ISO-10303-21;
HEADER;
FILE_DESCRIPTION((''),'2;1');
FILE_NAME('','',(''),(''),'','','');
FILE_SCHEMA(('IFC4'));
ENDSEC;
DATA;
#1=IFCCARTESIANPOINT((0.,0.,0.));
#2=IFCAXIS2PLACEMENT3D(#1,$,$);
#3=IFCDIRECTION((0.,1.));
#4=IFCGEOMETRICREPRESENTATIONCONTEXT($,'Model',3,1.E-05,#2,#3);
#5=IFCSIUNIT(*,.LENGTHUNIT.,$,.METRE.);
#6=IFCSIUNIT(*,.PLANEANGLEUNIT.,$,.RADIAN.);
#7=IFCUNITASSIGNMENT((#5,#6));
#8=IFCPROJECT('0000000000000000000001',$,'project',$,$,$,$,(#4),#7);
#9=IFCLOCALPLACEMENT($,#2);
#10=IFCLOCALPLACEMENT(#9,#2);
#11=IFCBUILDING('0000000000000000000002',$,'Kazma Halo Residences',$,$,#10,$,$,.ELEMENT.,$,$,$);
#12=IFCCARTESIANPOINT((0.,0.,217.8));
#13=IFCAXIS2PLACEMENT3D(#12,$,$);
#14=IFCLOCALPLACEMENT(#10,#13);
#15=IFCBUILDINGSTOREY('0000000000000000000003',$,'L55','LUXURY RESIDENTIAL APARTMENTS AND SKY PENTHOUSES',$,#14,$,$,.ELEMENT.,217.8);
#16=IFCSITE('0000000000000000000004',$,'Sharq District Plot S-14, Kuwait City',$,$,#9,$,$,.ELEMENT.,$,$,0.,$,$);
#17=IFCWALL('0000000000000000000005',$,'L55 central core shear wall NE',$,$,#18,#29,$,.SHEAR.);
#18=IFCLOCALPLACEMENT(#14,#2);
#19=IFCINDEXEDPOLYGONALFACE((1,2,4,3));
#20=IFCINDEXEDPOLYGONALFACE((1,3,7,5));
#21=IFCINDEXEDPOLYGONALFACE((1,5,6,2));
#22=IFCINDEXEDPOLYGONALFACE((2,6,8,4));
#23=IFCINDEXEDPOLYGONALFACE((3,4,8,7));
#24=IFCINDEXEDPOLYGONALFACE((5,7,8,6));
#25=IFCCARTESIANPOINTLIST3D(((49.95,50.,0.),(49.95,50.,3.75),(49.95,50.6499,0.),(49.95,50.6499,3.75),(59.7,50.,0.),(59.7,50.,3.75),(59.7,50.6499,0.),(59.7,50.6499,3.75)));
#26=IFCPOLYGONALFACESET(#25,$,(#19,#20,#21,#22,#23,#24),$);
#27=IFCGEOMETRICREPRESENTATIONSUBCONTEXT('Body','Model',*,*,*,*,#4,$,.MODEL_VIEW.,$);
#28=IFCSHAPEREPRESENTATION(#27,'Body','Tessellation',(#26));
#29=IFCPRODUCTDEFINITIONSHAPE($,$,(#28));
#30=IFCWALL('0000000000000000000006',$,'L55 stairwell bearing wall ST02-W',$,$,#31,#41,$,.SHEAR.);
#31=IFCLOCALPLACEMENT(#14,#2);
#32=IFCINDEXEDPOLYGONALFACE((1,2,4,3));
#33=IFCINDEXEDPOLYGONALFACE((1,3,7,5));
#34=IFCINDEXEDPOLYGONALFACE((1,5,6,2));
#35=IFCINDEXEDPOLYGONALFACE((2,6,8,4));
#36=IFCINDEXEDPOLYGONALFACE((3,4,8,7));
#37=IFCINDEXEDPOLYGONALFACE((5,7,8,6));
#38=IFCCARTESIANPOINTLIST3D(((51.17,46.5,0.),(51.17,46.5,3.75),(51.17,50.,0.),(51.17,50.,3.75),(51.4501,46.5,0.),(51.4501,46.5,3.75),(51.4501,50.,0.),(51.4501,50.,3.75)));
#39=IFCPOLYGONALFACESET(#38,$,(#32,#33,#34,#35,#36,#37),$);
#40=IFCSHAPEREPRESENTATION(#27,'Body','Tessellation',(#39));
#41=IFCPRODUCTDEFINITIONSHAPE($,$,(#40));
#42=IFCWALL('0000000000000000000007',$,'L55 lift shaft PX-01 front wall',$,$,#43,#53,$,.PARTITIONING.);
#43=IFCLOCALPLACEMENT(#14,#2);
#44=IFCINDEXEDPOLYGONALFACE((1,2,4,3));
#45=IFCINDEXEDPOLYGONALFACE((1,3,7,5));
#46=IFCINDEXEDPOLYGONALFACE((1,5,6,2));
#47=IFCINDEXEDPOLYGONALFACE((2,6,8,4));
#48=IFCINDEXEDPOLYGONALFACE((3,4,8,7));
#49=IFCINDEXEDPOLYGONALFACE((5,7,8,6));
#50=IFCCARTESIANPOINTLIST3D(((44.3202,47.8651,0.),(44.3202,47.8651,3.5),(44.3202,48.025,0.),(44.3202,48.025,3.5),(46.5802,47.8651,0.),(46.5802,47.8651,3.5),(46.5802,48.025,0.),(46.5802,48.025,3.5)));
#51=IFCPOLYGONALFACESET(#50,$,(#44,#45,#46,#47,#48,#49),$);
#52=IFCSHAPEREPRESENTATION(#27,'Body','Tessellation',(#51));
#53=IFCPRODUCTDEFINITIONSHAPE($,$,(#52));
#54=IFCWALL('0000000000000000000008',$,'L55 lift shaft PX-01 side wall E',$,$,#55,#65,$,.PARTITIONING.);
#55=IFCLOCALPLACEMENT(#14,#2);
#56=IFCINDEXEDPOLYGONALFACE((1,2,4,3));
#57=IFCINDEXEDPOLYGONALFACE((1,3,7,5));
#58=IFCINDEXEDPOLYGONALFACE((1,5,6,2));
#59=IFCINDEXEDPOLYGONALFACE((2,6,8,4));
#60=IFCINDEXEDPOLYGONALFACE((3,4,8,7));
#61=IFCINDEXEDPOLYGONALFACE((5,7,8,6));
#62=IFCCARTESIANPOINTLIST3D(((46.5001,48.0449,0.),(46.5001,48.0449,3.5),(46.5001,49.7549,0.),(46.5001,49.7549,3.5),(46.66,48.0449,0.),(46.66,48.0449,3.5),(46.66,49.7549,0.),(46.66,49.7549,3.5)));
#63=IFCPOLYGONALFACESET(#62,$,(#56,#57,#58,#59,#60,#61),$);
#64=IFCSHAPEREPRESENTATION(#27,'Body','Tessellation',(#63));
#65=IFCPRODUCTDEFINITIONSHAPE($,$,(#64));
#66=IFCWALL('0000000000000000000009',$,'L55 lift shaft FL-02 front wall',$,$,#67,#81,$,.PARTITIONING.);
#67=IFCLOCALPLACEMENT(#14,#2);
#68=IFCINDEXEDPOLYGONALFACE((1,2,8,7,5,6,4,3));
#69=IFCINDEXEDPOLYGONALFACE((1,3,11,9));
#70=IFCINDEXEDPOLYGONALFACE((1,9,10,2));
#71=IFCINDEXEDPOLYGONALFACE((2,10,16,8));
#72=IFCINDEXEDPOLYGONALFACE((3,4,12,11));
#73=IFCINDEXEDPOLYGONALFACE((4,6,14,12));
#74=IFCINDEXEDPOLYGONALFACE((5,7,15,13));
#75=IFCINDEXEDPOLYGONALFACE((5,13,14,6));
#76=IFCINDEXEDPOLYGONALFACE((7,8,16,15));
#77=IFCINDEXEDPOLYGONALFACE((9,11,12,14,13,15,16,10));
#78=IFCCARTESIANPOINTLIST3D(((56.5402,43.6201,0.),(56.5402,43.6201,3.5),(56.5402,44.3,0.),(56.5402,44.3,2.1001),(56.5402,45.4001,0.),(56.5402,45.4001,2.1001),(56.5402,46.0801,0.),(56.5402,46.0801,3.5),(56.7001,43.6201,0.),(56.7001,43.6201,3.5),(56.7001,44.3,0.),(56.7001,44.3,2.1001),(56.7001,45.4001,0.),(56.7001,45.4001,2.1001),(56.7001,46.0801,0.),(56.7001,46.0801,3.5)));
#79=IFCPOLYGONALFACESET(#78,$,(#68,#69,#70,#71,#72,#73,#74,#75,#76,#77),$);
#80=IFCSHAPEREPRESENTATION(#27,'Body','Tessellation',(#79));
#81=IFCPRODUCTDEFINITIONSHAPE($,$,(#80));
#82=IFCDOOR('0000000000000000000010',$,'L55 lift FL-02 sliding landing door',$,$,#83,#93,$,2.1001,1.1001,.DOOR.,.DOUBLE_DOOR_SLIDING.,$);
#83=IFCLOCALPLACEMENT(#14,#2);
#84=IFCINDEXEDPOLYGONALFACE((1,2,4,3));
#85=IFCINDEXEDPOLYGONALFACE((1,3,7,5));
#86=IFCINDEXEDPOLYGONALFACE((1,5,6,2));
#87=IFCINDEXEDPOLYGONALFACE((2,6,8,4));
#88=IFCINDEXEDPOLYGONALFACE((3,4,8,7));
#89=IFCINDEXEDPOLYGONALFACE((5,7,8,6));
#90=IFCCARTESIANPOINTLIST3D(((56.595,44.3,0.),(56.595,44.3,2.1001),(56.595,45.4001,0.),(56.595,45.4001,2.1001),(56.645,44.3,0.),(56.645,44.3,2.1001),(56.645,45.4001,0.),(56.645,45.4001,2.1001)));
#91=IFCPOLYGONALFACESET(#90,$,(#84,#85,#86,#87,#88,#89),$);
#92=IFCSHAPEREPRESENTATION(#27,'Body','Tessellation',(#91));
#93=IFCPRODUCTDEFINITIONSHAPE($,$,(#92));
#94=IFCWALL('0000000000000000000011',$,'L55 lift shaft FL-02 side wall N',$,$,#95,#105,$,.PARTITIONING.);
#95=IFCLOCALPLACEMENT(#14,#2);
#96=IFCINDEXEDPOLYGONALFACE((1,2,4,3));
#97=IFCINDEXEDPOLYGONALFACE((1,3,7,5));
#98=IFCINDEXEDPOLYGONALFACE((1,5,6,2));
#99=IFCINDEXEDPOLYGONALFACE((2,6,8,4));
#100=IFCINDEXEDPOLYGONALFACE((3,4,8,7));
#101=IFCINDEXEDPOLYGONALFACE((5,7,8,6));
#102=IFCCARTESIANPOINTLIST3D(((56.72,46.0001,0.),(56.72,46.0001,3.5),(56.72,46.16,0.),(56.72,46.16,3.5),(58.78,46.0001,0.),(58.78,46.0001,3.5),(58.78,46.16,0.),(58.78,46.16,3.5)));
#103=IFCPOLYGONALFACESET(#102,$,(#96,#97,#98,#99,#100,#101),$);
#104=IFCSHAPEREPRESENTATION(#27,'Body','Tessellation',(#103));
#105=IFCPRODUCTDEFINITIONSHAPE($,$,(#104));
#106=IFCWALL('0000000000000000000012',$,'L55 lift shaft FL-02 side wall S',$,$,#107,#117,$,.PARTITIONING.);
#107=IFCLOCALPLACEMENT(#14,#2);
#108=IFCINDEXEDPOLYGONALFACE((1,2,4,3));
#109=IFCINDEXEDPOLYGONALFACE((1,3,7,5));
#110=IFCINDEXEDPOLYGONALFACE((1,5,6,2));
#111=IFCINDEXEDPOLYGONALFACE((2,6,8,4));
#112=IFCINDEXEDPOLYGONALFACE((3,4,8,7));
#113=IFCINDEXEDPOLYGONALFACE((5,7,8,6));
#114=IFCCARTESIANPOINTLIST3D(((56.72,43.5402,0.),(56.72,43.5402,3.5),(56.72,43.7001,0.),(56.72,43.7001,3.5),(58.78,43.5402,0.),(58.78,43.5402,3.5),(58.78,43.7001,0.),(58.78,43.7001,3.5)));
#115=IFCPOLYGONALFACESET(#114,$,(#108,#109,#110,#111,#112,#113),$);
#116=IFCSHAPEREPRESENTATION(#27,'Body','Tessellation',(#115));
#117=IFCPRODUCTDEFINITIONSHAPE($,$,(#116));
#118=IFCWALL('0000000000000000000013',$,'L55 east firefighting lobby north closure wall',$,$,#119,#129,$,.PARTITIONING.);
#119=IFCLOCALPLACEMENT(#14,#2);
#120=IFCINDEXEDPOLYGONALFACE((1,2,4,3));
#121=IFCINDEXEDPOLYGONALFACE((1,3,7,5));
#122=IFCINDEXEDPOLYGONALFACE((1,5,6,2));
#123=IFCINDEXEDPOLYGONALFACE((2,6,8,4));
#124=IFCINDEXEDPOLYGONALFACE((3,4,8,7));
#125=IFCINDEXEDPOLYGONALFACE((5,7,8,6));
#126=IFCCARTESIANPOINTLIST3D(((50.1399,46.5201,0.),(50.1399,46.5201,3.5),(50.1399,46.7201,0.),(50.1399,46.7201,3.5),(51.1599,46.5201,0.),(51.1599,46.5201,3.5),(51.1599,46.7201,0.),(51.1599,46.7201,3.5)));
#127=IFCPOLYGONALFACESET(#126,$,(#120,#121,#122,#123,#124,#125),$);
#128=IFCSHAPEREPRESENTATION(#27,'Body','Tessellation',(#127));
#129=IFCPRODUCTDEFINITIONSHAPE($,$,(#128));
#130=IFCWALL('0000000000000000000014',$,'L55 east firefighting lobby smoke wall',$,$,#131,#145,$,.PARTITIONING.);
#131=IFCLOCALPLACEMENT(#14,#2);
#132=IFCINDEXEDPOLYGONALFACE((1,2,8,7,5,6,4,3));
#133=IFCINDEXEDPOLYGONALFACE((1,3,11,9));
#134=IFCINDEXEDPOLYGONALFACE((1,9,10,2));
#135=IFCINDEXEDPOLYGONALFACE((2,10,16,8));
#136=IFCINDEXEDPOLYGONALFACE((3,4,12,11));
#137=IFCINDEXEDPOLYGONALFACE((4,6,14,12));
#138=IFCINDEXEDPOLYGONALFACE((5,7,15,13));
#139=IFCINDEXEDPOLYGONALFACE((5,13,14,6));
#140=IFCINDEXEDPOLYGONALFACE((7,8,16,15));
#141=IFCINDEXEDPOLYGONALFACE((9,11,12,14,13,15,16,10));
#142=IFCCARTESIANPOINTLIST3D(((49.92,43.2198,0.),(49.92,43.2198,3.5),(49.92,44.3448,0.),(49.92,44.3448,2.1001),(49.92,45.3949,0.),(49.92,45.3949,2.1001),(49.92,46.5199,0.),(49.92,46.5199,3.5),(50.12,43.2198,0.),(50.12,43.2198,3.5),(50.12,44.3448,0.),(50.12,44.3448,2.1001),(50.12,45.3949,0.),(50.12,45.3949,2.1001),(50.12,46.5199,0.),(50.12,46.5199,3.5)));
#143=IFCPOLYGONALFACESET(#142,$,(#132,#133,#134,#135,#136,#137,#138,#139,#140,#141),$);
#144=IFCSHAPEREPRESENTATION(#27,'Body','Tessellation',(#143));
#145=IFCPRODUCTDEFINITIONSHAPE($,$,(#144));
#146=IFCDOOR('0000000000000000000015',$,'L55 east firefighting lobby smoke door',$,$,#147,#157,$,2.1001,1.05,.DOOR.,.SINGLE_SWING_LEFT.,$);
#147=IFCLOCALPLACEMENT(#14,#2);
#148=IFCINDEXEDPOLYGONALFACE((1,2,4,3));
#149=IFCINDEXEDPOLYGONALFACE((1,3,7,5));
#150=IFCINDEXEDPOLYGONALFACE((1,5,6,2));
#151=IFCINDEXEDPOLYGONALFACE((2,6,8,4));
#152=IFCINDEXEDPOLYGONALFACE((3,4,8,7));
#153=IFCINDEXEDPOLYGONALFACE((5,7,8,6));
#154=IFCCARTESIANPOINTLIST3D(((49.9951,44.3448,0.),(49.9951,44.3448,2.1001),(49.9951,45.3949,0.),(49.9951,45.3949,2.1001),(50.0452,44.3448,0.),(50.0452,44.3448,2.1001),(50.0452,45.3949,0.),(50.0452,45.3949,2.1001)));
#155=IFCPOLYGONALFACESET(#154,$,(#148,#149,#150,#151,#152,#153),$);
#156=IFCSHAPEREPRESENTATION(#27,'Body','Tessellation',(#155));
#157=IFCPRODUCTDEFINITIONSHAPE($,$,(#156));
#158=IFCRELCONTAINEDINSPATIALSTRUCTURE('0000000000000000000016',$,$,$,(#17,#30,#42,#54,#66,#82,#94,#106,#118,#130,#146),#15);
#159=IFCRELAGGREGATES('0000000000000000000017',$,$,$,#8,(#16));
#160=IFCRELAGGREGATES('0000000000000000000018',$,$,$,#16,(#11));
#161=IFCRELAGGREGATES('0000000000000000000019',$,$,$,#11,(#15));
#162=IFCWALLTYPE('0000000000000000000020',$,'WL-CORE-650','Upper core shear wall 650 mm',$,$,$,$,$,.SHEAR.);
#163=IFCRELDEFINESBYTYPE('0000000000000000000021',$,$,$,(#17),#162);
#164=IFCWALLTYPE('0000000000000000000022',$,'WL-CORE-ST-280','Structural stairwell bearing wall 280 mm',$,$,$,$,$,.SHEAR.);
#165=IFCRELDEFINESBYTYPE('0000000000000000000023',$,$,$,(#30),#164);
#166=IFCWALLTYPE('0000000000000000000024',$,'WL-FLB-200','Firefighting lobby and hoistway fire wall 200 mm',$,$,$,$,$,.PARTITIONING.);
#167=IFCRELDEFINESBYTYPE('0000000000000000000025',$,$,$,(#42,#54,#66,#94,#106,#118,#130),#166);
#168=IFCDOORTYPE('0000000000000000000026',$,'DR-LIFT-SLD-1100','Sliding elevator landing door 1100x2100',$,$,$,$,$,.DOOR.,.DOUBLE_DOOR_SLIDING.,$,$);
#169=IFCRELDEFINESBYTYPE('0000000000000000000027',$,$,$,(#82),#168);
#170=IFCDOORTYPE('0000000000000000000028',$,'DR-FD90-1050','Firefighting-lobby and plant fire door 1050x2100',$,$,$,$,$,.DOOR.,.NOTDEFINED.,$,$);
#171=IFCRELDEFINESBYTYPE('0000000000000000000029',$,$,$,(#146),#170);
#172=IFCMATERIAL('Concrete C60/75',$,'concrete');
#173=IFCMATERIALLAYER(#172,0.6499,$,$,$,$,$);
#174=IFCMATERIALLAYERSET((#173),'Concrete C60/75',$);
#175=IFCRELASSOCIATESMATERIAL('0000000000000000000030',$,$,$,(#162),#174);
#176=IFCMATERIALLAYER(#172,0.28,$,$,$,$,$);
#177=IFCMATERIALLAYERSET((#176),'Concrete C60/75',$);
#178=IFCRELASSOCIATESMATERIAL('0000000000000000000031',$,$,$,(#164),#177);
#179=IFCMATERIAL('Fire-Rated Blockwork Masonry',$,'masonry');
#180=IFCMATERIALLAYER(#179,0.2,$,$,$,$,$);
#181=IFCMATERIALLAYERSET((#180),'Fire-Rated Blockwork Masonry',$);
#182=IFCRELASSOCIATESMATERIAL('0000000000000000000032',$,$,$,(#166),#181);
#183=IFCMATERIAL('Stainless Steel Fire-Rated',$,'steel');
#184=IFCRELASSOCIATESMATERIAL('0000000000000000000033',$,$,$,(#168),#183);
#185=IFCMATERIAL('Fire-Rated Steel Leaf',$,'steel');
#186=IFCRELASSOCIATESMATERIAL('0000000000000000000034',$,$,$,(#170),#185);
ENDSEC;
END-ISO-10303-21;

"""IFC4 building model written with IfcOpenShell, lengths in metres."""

from ifc_helpers import new_model, si_unit, direction, frame, frame_2d, origin, place, context, subcontext, project, spatial, rectangle, extrude, material, layer, layer_set, type_object, element, fill, save


model = new_model("IFC4")

# Units and contexts
model_context = context("Model", 3, precision=1e-05, world=origin(), true_north=direction((0.0, 1.0)))
body_context = subcontext(model_context, "Body", "Model", "MODEL_VIEW")
ifc_project = project(units=[si_unit("LENGTHUNIT", "METRE"), si_unit("PLANEANGLEUNIT", "RADIAN")], contexts=[model_context])

# Site, building, storey
site_placement = place(None, origin())
site = spatial("IfcSite", under=ifc_project, at=site_placement, Name="Sharq District Plot S-14, Kuwait City", CompositionType="ELEMENT", RefElevation=0.0)
building_placement = place(site_placement, origin())
building = spatial("IfcBuilding", under=site, at=building_placement, Name="Kazma Halo Residences", CompositionType="ELEMENT")
storey_placement = place(building_placement, frame((0.0, 0.0, 217.8)))
storey = spatial("IfcBuildingStorey", under=building, at=storey_placement, Name="L55", Description="LUXURY RESIDENTIAL APARTMENTS AND SKY PENTHOUSES", CompositionType="ELEMENT", Elevation=217.8)

# Walls
ifc_material_1 = material(Name="Concrete C60/75", Category="concrete")
ifc_layer_1 = layer(ifc_material_1, 0.6499)
ifc_layer_set_1 = layer_set([ifc_layer_1], Name="Concrete C60/75")
wall_type_1 = type_object("IfcWallType", Name="WL-CORE-650", Description="Upper core shear wall 650 mm", PredefinedType="SHEAR", material=ifc_layer_set_1)
wall_1_placement = place(storey_placement, frame((49.95, 50.325, 0.0), z_axis=(0.0, 0.0, 1.0), x_axis=(1.0, 0.0, 0.0)))
element("IfcWall", 1, at=wall_1_placement, inside=storey, type_object=wall_type_1, Name="L55 central core shear wall NE", PredefinedType="SHEAR", context=body_context, shape_type="SweptSolid", body=[
    extrude(rectangle(XDim=9.75, YDim=0.6499, at=frame_2d((4.875, 0.0))), origin(), (0.0, 0.0, 1.0), 3.75),
])
ifc_layer_2 = layer(ifc_material_1, 0.28)
ifc_layer_set_2 = layer_set([ifc_layer_2], Name="Concrete C60/75")
wall_type_2 = type_object("IfcWallType", Name="WL-CORE-ST-280", Description="Structural stairwell bearing wall 280 mm", PredefinedType="SHEAR", material=ifc_layer_set_2)
wall_2_placement = place(storey_placement, frame((51.3101, 46.5, 0.0), z_axis=(0.0, 0.0, 1.0), x_axis=(0.0, 1.0, 0.0)))
element("IfcWall", 2, at=wall_2_placement, inside=storey, type_object=wall_type_2, Name="L55 stairwell bearing wall ST02-W", PredefinedType="SHEAR", context=body_context, shape_type="SweptSolid", body=[
    extrude(rectangle(XDim=3.5, YDim=0.28, at=frame_2d((1.75, 0.0))), origin(), (0.0, 0.0, 1.0), 3.75),
])
ifc_material_2 = material(Name="Fire-Rated Blockwork Masonry", Category="masonry")
ifc_layer_3 = layer(ifc_material_2, 0.2)
ifc_layer_set_3 = layer_set([ifc_layer_3], Name="Fire-Rated Blockwork Masonry")
wall_type_3 = type_object("IfcWallType", Name="WL-FLB-200", Description="Firefighting lobby and hoistway fire wall 200 mm", PredefinedType="PARTITIONING", material=ifc_layer_set_3)
wall_3_placement = place(storey_placement, frame((46.5801, 47.9451, 0.0), z_axis=(0.0, 0.0, 1.0), x_axis=(-1.0, 0.0, 0.0)))
element("IfcWall", 3, at=wall_3_placement, inside=storey, type_object=wall_type_3, Name="L55 lift shaft PX-01 front wall", PredefinedType="PARTITIONING", context=body_context, shape_type="SweptSolid", body=[
    extrude(rectangle(XDim=2.26, YDim=0.1599, at=frame_2d((1.1299, 0.0))), origin(), (0.0, 0.0, 1.0), 3.5),
])
wall_4_placement = place(storey_placement, frame((46.5801, 48.0449, 0.0), z_axis=(0.0, 0.0, 1.0), x_axis=(0.0, 1.0, 0.0)))
element("IfcWall", 4, at=wall_4_placement, inside=storey, type_object=wall_type_3, Name="L55 lift shaft PX-01 side wall E", PredefinedType="PARTITIONING", context=body_context, shape_type="SweptSolid", body=[
    extrude(rectangle(XDim=1.71, YDim=0.1599, at=frame_2d((0.855, 0.0))), origin(), (0.0, 0.0, 1.0), 3.5),
])

# Wall, opening, door
wall_5_placement = place(storey_placement, frame((56.6201, 46.0801, 0.0), z_axis=(0.0, 0.0, 1.0), x_axis=(0.0, -1.0, 0.0)))
wall_5 = element("IfcWall", 5, at=wall_5_placement, inside=storey, type_object=wall_type_3, Name="L55 lift shaft FL-02 front wall", PredefinedType="PARTITIONING", context=body_context, shape_type="SweptSolid", body=[
    extrude(rectangle(XDim=2.46, YDim=0.1599, at=frame_2d((1.23, 0.0))), origin(), (0.0, 0.0, 1.0), 3.5),
])
opening_1_placement = place(wall_5_placement, frame((0.6799, 0.0, 0.0)))
opening_1 = element("IfcOpeningElement", 6, at=opening_1_placement, cuts=wall_5, PredefinedType="OPENING", context=body_context, shape_type="SweptSolid", body=[
    extrude(rectangle(XDim=1.1001, YDim=2.1001, at=frame_2d((0.55, 1.05))), frame((0.0, 0.0898, 0.0), z_axis=(0.0, -1.0, 0.0), x_axis=(1.0, 0.0, 0.0)), (0.0, 0.0, 1.0), 0.1799),
])
ifc_material_3 = material(Name="Stainless Steel Fire-Rated", Category="steel")
door_type_1 = type_object("IfcDoorType", Name="DR-LIFT-SLD-1100", Description="Sliding elevator landing door 1100x2100", OperationType="DOUBLE_DOOR_SLIDING", PredefinedType="DOOR", material=ifc_material_3)
door_1_placement = place(opening_1_placement, origin())
door_1 = element("IfcDoor", 7, at=door_1_placement, inside=storey, type_object=door_type_1, Name="L55 lift FL-02 sliding landing door", OperationType="DOUBLE_DOOR_SLIDING", OverallHeight=2.1001, OverallWidth=1.1001, PredefinedType="DOOR", context=body_context, shape_type="SweptSolid", body=[
    extrude(rectangle(XDim=1.1001, YDim=2.1001, at=frame_2d((0.55, 1.05))), frame((0.0, 0.0249, 0.0), z_axis=(0.0, -1.0, 0.0), x_axis=(1.0, 0.0, 0.0)), (0.0, 0.0, 1.0), 0.05),
])
fill(opening_1, door_1)

# Walls
for number, where, z_axis, x_axis, name in (
    (8, (56.72, 46.0801, 0.0), (0.0, 0.0, 1.0), (1.0, 0.0, 0.0), "L55 lift shaft FL-02 side wall N"),
    (9, (56.72, 43.6201, 0.0), (0.0, 0.0, 1.0), (1.0, 0.0, 0.0), "L55 lift shaft FL-02 side wall S"),
):
    element("IfcWall", number, at=place(storey_placement, frame(where, z_axis=z_axis, x_axis=x_axis)), inside=storey, type_object=wall_type_3, Name=name, PredefinedType="PARTITIONING", context=body_context, shape_type="SweptSolid", body=[
        extrude(rectangle(XDim=2.0601, YDim=0.1599, at=frame_2d((1.03, 0.0))), origin(), (0.0, 0.0, 1.0), 3.5),
    ])
wall_6_placement = place(storey_placement, frame((50.1399, 46.6201, 0.0), z_axis=(0.0, 0.0, 1.0), x_axis=(1.0, 0.0, 0.0)))
element("IfcWall", 10, at=wall_6_placement, inside=storey, type_object=wall_type_3, Name="L55 east firefighting lobby north closure wall", PredefinedType="PARTITIONING", context=body_context, shape_type="SweptSolid", body=[
    extrude(rectangle(XDim=1.02, YDim=0.2, at=frame_2d((0.51, 0.0))), origin(), (0.0, 0.0, 1.0), 3.5),
])

# Wall, opening, door
wall_7_placement = place(storey_placement, frame((50.02, 43.22, 0.0), z_axis=(0.0, 0.0, 1.0), x_axis=(0.0, 1.0, 0.0)))
wall_7 = element("IfcWall", 11, at=wall_7_placement, inside=storey, type_object=wall_type_3, Name="L55 east firefighting lobby smoke wall", PredefinedType="PARTITIONING", context=body_context, shape_type="SweptSolid", body=[
    extrude(rectangle(XDim=3.3, YDim=0.2, at=frame_2d((1.6499, 0.0))), origin(), (0.0, 0.0, 1.0), 3.5),
])
opening_2_placement = place(wall_7_placement, frame((1.125, 0.0, 0.0)))
opening_2 = element("IfcOpeningElement", 12, at=opening_2_placement, cuts=wall_7, PredefinedType="OPENING", context=body_context, shape_type="SweptSolid", body=[
    extrude(rectangle(XDim=1.05, YDim=2.1001, at=frame_2d((0.5249, 1.05))), frame((0.0, 0.1099, 0.0), z_axis=(0.0, -1.0, 0.0), x_axis=(1.0, 0.0, 0.0)), (0.0, 0.0, 1.0), 0.22),
])
ifc_material_4 = material(Name="Fire-Rated Steel Leaf", Category="steel")
door_type_2 = type_object("IfcDoorType", Name="DR-FD90-1050", Description="Firefighting-lobby and plant fire door 1050x2100", OperationType="NOTDEFINED", PredefinedType="DOOR", material=ifc_material_4)
door_2_placement = place(opening_2_placement, origin())
door_2 = element("IfcDoor", 13, at=door_2_placement, inside=storey, type_object=door_type_2, Name="L55 east firefighting lobby smoke door", OperationType="SINGLE_SWING_LEFT", OverallHeight=2.1001, OverallWidth=1.05, PredefinedType="DOOR", context=body_context, shape_type="SweptSolid", body=[
    extrude(rectangle(XDim=1.05, YDim=2.1001, at=frame_2d((0.5249, 1.05))), frame((0.0, 0.0249, 0.0), z_axis=(0.0, -1.0, 0.0), x_axis=(1.0, 0.0, 0.0)), (0.0, 0.0, 1.0), 0.05),
])
fill(opening_2, door_2)

save(model, "model.ifc")
